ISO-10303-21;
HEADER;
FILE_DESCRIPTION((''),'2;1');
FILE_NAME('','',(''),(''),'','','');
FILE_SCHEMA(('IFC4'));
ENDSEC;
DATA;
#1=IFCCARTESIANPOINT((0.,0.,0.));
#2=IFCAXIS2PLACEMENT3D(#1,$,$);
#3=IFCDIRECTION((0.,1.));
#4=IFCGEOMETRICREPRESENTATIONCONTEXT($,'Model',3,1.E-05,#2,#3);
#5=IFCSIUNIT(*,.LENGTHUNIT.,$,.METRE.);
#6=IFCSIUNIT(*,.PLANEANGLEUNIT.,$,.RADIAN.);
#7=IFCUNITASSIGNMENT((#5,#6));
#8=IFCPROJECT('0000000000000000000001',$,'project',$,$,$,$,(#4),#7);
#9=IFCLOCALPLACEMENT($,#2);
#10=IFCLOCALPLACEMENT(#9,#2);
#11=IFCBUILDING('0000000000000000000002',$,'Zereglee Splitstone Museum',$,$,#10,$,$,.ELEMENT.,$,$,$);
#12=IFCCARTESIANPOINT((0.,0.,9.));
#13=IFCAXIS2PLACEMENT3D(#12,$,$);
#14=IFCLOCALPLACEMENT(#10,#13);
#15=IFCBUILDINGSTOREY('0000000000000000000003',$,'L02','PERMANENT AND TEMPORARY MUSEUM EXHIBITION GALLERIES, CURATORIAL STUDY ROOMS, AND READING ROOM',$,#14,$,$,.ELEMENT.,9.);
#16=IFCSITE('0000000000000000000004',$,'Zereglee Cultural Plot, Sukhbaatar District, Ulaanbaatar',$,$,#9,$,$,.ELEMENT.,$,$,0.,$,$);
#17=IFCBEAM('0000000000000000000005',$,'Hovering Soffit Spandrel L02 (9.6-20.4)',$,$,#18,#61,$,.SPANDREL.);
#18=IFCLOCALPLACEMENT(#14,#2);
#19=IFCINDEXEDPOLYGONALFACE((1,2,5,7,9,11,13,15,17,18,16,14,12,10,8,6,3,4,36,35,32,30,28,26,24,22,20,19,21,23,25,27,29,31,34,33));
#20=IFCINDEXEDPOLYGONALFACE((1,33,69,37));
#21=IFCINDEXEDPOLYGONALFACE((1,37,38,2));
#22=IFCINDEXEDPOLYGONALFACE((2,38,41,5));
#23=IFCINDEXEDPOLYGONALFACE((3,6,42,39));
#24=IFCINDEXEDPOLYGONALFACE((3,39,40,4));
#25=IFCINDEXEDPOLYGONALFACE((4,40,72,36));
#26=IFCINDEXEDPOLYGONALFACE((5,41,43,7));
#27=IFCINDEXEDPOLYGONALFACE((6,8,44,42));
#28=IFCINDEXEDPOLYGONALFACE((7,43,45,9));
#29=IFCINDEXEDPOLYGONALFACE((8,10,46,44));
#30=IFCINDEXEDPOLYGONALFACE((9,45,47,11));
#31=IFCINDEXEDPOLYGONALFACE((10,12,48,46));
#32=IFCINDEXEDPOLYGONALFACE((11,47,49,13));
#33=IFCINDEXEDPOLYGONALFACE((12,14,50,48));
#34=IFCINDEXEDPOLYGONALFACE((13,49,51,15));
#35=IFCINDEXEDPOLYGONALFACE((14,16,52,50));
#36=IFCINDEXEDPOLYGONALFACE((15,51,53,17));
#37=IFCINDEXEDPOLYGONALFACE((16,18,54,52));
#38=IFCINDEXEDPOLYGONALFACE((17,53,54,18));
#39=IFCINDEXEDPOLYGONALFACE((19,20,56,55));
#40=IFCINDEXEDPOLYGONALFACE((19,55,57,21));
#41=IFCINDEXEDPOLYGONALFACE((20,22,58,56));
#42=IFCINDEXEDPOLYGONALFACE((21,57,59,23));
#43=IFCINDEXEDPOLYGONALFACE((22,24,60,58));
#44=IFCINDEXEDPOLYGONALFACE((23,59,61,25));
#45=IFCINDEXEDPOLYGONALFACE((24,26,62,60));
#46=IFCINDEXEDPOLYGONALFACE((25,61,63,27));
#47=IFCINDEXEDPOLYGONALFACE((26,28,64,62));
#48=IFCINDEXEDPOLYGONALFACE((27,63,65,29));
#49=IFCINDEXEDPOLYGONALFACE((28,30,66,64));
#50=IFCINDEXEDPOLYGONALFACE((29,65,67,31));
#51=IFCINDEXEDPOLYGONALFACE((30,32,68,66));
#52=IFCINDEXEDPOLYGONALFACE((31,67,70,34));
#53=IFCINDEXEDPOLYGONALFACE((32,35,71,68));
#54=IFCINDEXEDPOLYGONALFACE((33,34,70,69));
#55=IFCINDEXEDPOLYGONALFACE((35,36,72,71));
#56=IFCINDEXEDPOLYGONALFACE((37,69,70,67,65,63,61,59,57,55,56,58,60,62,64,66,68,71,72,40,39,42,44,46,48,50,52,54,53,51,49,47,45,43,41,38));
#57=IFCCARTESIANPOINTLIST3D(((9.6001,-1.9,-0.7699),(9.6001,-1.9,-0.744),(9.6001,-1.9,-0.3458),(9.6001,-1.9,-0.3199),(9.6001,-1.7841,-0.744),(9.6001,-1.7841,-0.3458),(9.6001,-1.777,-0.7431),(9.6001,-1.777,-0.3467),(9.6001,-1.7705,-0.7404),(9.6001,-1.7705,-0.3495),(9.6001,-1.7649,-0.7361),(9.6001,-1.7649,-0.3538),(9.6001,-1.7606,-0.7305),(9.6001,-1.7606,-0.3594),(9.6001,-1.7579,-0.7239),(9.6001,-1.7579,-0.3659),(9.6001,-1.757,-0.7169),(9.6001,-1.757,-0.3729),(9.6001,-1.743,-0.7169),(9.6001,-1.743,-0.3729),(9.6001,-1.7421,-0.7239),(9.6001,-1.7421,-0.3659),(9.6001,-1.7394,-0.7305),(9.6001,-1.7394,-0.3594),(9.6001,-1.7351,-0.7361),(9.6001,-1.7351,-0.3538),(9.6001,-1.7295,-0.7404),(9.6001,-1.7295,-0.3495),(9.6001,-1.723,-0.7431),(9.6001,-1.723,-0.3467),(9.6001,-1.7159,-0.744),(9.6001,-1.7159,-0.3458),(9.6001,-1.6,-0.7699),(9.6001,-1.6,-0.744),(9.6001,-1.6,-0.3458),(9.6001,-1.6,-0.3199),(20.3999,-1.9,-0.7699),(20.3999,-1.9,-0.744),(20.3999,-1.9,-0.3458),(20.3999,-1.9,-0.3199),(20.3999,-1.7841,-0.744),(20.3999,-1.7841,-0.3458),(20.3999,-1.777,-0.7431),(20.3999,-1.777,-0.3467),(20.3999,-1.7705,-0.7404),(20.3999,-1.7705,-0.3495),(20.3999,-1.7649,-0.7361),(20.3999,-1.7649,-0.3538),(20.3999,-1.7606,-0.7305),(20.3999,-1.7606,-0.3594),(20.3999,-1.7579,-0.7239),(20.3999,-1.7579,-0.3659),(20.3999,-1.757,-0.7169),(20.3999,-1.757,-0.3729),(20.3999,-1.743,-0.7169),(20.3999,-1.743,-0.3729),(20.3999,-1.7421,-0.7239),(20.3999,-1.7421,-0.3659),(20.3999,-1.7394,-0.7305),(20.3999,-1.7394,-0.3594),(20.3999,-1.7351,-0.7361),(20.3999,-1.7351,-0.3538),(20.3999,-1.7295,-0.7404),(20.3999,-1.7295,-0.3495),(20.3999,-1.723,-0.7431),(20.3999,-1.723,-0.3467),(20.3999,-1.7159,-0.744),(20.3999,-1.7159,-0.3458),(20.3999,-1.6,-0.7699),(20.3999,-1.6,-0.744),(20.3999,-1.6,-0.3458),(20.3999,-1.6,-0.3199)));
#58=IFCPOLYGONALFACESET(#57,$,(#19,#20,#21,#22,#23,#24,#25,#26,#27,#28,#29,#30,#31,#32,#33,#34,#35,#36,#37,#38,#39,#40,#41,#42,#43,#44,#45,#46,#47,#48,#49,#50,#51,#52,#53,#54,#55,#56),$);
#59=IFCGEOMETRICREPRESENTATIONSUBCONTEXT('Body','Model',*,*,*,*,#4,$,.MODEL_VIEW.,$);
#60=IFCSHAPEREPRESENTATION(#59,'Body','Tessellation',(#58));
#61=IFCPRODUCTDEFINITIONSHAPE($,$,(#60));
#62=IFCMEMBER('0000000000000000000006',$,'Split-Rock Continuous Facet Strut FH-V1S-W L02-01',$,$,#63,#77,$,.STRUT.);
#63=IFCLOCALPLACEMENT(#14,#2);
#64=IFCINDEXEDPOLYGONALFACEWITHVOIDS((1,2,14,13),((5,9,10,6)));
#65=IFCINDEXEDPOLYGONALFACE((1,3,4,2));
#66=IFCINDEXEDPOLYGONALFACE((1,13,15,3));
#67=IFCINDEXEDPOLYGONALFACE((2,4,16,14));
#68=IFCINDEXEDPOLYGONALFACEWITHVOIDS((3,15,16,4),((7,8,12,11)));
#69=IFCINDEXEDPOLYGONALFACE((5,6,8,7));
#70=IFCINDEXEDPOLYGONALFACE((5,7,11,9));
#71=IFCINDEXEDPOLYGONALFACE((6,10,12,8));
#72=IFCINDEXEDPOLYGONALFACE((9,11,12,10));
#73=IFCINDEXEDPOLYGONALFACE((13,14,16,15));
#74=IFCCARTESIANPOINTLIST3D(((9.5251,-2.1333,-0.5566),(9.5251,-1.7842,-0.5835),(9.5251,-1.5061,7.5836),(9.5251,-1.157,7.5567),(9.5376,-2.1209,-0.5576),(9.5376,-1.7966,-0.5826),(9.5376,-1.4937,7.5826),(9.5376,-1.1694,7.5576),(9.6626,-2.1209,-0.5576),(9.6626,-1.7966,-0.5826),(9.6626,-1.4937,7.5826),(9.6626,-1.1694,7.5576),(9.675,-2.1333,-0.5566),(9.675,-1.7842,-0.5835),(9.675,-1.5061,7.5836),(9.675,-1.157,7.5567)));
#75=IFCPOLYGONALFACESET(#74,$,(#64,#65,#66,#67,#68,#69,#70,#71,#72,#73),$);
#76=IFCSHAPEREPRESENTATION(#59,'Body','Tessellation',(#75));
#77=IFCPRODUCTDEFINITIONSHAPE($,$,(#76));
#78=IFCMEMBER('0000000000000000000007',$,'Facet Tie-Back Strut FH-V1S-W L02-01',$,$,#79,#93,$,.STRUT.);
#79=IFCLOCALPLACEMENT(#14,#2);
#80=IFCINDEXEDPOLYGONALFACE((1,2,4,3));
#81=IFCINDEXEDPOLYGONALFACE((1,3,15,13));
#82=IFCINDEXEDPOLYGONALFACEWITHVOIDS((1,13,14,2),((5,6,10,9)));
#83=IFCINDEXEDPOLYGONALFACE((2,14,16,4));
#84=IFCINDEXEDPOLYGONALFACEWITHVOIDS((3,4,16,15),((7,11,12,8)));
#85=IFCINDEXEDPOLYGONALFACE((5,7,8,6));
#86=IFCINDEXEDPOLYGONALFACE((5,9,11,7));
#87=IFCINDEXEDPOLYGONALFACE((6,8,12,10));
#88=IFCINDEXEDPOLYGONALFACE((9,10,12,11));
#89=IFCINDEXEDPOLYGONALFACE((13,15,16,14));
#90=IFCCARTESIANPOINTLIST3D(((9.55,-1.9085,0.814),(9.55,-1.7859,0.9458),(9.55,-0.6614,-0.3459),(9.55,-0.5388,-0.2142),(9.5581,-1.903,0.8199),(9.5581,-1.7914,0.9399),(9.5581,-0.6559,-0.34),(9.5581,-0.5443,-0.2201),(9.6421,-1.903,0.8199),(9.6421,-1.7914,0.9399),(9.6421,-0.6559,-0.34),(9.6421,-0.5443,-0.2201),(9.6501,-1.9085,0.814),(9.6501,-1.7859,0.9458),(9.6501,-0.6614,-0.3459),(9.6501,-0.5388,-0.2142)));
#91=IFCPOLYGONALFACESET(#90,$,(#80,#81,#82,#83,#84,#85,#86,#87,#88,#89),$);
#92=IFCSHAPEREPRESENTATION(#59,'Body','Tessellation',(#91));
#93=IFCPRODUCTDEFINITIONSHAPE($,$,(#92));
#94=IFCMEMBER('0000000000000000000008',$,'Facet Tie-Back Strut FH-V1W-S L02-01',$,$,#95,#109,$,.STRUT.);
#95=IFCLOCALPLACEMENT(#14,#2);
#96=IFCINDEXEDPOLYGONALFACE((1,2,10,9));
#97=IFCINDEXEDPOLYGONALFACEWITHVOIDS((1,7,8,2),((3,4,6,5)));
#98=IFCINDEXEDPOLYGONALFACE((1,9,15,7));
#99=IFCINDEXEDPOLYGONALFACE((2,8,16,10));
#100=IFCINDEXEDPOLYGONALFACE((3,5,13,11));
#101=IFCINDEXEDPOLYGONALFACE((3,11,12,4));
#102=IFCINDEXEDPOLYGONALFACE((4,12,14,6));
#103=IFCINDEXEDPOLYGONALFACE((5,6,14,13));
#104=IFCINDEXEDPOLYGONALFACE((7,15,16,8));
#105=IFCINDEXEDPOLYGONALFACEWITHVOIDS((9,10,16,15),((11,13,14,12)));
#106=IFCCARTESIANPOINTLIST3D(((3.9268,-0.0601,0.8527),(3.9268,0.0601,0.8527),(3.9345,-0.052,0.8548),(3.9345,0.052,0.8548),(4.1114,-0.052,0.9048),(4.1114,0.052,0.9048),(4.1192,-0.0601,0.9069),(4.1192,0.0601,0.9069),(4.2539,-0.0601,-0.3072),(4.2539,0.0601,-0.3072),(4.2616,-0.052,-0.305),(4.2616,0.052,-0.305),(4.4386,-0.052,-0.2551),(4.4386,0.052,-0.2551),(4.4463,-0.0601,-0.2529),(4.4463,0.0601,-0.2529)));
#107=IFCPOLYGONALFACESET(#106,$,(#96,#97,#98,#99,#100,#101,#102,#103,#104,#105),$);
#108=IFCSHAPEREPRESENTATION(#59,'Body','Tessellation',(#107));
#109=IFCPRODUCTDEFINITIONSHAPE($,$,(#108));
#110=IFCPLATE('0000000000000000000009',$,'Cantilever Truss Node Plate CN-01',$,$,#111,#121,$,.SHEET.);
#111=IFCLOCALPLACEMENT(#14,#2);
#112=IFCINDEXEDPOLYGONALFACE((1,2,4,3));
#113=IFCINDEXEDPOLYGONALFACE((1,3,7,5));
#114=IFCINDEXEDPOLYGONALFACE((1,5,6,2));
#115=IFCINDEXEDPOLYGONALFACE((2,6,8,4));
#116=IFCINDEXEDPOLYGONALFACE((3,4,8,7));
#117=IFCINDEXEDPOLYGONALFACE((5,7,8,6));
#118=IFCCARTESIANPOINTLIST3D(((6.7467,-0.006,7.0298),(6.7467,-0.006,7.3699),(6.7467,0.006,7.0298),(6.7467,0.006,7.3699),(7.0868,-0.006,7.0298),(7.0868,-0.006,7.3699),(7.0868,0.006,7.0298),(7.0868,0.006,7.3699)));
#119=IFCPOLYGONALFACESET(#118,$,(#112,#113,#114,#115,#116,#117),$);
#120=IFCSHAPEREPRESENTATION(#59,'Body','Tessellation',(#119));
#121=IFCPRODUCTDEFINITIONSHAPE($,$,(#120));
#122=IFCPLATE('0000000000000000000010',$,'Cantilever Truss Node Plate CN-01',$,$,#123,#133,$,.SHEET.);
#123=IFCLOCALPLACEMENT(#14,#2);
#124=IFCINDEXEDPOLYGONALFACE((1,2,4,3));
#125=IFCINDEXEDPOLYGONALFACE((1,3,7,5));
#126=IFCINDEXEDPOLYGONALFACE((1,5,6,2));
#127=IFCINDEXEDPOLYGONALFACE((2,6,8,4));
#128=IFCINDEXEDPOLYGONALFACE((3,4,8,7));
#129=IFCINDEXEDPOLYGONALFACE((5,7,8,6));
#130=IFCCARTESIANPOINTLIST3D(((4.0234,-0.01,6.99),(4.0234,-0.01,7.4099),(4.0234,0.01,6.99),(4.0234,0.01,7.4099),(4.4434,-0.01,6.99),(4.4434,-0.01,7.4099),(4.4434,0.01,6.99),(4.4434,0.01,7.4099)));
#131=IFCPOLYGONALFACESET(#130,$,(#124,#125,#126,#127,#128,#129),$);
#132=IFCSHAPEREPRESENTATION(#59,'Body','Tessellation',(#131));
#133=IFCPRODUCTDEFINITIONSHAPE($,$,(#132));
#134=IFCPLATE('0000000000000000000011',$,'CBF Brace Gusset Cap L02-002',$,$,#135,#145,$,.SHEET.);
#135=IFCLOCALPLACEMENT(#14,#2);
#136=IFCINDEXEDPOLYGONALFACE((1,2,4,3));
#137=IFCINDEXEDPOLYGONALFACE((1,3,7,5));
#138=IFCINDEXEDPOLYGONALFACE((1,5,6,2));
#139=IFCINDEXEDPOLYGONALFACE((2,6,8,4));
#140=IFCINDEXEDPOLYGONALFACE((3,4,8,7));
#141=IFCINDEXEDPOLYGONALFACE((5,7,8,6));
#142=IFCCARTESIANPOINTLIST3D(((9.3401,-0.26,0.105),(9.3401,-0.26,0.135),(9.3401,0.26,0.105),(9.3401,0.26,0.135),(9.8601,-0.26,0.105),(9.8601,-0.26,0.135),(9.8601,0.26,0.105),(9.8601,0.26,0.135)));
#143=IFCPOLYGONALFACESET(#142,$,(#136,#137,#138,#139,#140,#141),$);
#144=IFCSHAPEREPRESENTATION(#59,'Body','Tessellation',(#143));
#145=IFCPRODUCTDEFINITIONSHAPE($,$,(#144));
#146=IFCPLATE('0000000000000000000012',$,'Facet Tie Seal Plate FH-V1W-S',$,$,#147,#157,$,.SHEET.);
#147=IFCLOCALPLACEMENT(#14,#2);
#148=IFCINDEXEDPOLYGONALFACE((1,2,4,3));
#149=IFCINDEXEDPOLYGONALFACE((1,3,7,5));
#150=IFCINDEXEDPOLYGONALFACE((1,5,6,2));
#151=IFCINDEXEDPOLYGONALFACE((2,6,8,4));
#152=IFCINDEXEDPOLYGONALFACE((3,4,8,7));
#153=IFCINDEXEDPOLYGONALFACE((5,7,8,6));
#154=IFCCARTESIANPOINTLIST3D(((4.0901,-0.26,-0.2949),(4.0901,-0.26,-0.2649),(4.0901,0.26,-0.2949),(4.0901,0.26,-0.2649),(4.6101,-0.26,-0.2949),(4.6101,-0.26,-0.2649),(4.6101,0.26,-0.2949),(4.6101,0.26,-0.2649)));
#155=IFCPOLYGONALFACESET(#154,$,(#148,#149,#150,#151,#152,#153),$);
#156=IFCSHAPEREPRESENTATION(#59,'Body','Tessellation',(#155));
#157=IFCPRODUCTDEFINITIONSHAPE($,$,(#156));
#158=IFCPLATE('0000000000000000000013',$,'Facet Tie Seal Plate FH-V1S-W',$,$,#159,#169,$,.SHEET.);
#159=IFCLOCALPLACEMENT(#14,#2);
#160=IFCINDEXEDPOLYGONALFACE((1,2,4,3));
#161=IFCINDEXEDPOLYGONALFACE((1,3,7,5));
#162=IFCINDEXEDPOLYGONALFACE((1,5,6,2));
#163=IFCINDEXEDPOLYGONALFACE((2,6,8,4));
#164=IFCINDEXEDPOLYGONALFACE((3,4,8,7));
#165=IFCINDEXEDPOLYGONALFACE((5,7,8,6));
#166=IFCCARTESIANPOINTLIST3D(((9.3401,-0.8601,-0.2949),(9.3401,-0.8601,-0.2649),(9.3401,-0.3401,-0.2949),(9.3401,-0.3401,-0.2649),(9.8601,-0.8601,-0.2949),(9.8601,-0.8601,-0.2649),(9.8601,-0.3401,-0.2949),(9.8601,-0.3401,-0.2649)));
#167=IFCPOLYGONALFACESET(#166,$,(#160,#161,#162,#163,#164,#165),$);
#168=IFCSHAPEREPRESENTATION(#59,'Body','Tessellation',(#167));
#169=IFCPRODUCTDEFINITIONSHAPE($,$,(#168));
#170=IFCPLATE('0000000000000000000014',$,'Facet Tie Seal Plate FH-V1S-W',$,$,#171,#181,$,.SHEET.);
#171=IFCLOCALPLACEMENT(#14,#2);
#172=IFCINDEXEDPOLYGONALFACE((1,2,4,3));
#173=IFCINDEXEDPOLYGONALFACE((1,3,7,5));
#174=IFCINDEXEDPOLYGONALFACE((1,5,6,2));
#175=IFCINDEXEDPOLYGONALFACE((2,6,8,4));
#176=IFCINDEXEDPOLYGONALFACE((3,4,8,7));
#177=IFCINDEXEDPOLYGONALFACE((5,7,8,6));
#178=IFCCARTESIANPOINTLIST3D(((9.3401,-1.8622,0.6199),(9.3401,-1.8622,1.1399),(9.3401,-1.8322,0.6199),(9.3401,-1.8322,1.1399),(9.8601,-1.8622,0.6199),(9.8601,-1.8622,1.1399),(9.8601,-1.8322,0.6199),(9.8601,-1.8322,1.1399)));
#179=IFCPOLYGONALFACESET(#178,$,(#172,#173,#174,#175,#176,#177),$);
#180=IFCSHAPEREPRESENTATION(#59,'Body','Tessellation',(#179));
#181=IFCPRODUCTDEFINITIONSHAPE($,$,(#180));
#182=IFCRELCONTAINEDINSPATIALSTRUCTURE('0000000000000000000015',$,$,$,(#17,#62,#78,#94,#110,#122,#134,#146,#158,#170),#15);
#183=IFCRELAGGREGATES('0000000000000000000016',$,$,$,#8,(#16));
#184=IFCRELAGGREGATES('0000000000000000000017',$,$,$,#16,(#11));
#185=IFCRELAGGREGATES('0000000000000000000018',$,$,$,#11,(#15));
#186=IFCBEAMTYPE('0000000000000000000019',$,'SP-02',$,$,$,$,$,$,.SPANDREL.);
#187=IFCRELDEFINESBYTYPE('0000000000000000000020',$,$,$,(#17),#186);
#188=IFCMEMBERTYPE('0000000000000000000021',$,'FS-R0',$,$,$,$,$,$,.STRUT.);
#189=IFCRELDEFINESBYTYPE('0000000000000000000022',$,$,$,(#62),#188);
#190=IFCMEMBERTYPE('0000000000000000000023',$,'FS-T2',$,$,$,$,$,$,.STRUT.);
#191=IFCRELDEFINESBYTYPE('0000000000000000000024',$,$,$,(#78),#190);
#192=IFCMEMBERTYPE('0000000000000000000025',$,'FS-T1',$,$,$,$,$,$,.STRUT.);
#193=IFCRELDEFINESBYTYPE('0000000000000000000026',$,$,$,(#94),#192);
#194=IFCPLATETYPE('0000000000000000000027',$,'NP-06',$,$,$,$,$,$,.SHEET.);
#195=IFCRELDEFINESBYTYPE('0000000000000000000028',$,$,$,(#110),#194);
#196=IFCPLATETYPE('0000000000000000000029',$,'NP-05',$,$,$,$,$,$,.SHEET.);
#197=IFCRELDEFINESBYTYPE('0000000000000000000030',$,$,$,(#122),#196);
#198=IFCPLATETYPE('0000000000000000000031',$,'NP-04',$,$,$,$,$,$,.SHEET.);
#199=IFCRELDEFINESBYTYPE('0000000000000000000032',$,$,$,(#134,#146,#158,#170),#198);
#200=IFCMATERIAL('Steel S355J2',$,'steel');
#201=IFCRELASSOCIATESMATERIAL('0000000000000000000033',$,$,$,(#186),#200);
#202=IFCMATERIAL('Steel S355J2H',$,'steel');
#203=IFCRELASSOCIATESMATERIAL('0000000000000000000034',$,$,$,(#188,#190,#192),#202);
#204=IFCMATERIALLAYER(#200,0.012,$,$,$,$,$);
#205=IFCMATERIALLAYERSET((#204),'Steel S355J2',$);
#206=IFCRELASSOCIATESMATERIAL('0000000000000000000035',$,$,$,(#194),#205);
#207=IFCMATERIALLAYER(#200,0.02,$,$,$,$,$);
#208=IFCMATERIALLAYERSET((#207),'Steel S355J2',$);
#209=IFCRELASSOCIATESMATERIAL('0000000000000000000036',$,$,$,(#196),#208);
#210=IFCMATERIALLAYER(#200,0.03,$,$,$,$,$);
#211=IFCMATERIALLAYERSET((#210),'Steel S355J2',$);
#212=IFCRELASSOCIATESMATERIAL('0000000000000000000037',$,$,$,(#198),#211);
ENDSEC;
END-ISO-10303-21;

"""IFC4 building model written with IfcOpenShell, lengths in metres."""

from ifc_helpers import new_model, si_unit, direction, frame, origin, origin_2d, place, context, subcontext, project, spatial, rectangle, hollow_rectangle, i_section, extrude, material, layer, layer_set, material_profile, profile_set, type_object, element, save


model = new_model("IFC4")

# Units and contexts
model_context = context("Model", 3, precision=1e-05, world=origin(), true_north=direction((0.0, 1.0)))
body_context = subcontext(model_context, "Body", "Model", "MODEL_VIEW")
ifc_project = project(units=[si_unit("LENGTHUNIT", "METRE"), si_unit("PLANEANGLEUNIT", "RADIAN")], contexts=[model_context])

# Site, building, storey
site_placement = place(None, origin())
site = spatial("IfcSite", under=ifc_project, at=site_placement, Name="Zereglee Cultural Plot, Sukhbaatar District, Ulaanbaatar", CompositionType="ELEMENT", RefElevation=0.0)
building_placement = place(site_placement, origin())
building = spatial("IfcBuilding", under=site, at=building_placement, Name="Zereglee Splitstone Museum", CompositionType="ELEMENT")
storey_placement = place(building_placement, frame((0.0, 0.0, 9.0)))
storey = spatial("IfcBuildingStorey", under=building, at=storey_placement, Name="L02", Description="PERMANENT AND TEMPORARY MUSEUM EXHIBITION GALLERIES, CURATORIAL STUDY ROOMS, AND READING ROOM", CompositionType="ELEMENT", Elevation=9.0)

# Shared definitions
ifc_material_1 = material(Name="Steel S355J2H", Category="steel")

# Shared definitions
ifc_material_2 = material(Name="Steel S355J2", Category="steel")

# Beam
ifc_material_profile_1 = material_profile(ifc_material_2, i_section(OverallWidth=0.3, OverallDepth=0.45, WebThickness=0.0139, FlangeThickness=0.0259, FilletRadius=0.0271, at=origin_2d()), Name="HE 450 B")
ifc_profile_set_1 = profile_set([ifc_material_profile_1], Name="Steel S355J2")
beam_type_1 = type_object("IfcBeamType", Name="SP-02", PredefinedType="SPANDREL", material=ifc_profile_set_1)
beam_1_placement = place(storey_placement, frame((9.6001, -1.75, -0.5449), z_axis=(1.0, 0.0, 0.0), x_axis=(0.0, 1.0, 0.0)))
element("IfcBeam", 1, at=beam_1_placement, inside=storey, type_object=beam_type_1, Name="Hovering Soffit Spandrel L02 (9.6-20.4)", PredefinedType="SPANDREL", context=body_context, shape_type="SweptSolid", body=[
    extrude(i_section(OverallWidth=0.3, OverallDepth=0.45, WebThickness=0.0139, FlangeThickness=0.0259, FilletRadius=0.0271, at=origin_2d()), origin(), (0.0, 0.0, 1.0), 10.7998),
])

# Members
ifc_material_profile_2 = material_profile(ifc_material_1, hollow_rectangle(XDim=0.1499, YDim=0.3501, WallThickness=0.0125, at=origin_2d()), Name="RHS 350x150x12.5")
ifc_profile_set_2 = profile_set([ifc_material_profile_2], Name="Steel S355J2H")
member_type_1 = type_object("IfcMemberType", Name="FS-R0", PredefinedType="STRUT", material=ifc_profile_set_2)
member_1_placement = place(storey_placement, frame((9.6001, -1.9587, -0.5701), z_axis=(0.0, 0.076822, 0.997045), x_axis=(-1.0, 0.0, 0.0)))
element("IfcMember", 2, at=member_1_placement, inside=storey, type_object=member_type_1, Name="Split-Rock Continuous Facet Strut FH-V1S-W L02-01", PredefinedType="STRUT", context=body_context, shape_type="SweptSolid", body=[
    extrude(hollow_rectangle(XDim=0.1499, YDim=0.3501, WallThickness=0.0125, at=origin_2d()), origin(), (0.0, 0.0, 1.0), 8.1643),
])
ifc_material_profile_3 = material_profile(ifc_material_1, hollow_rectangle(XDim=0.1001, YDim=0.1799, WallThickness=0.0081, at=origin_2d()), Name="RHS 180x100x8")
ifc_profile_set_3 = profile_set([ifc_material_profile_3], Name="Steel S355J2H")
member_type_2 = type_object("IfcMemberType", Name="FS-T2", PredefinedType="STRUT", material=ifc_profile_set_3)
member_2_placement = place(storey_placement, frame((9.6001, -0.6001, -0.28), z_axis=(0.0, -0.732232, 0.681056), x_axis=(1.0, 0.0, 0.0)))
element("IfcMember", 3, at=member_2_placement, inside=storey, type_object=member_type_2, Name="Facet Tie-Back Strut FH-V1S-W L02-01", PredefinedType="STRUT", context=body_context, shape_type="SweptSolid", body=[
    extrude(hollow_rectangle(XDim=0.1001, YDim=0.1799, WallThickness=0.0081, at=origin_2d()), origin(), (0.0, 0.0, 1.0), 1.7031),
])
ifc_material_profile_4 = material_profile(ifc_material_1, hollow_rectangle(XDim=0.1201, YDim=0.2, WallThickness=0.0081, at=origin_2d()), Name="RHS 200x120x8")
ifc_profile_set_4 = profile_set([ifc_material_profile_4], Name="Steel S355J2H")
member_type_3 = type_object("IfcMemberType", Name="FS-T1", PredefinedType="STRUT", material=ifc_profile_set_4)
member_3_placement = place(storey_placement, frame((4.3501, 0.0, -0.28), z_axis=(-0.271455, 0.0, 0.962451), x_axis=(0.0, -1.0, 0.0)))
element("IfcMember", 4, at=member_3_placement, inside=storey, type_object=member_type_3, Name="Facet Tie-Back Strut FH-V1W-S L02-01", PredefinedType="STRUT", context=body_context, shape_type="SweptSolid", body=[
    extrude(hollow_rectangle(XDim=0.1201, YDim=0.2, WallThickness=0.0081, at=origin_2d()), origin(), (0.0, 0.0, 1.0), 1.2051),
])

# Plates
ifc_layer_1 = layer(ifc_material_2, 0.012)
ifc_layer_set_1 = layer_set([ifc_layer_1], Name="Steel S355J2")
plate_type_1 = type_object("IfcPlateType", Name="NP-06", PredefinedType="SHEET", material=ifc_layer_set_1)
plate_1_placement = place(storey_placement, frame((6.9167, 0.0, 7.0298), z_axis=(0.0, 0.0, 1.0), x_axis=(1.0, 0.0, 0.0)))
element("IfcPlate", 5, at=plate_1_placement, inside=storey, type_object=plate_type_1, Name="Cantilever Truss Node Plate CN-01", PredefinedType="SHEET", context=body_context, shape_type="SweptSolid", body=[
    extrude(rectangle(XDim=0.3401, YDim=0.012, at=origin_2d()), origin(), (0.0, 0.0, 1.0), 0.3401),
])
ifc_layer_2 = layer(ifc_material_2, 0.02)
ifc_layer_set_2 = layer_set([ifc_layer_2], Name="Steel S355J2")
plate_type_2 = type_object("IfcPlateType", Name="NP-05", PredefinedType="SHEET", material=ifc_layer_set_2)
plate_2_placement = place(storey_placement, frame((4.2334, 0.0, 6.99), z_axis=(0.0, 0.0, 1.0), x_axis=(1.0, 0.0, 0.0)))
element("IfcPlate", 6, at=plate_2_placement, inside=storey, type_object=plate_type_2, Name="Cantilever Truss Node Plate CN-01", PredefinedType="SHEET", context=body_context, shape_type="SweptSolid", body=[
    extrude(rectangle(XDim=0.4199, YDim=0.02, at=origin_2d()), origin(), (0.0, 0.0, 1.0), 0.4199),
])
ifc_layer_3 = layer(ifc_material_2, 0.03)
ifc_layer_set_3 = layer_set([ifc_layer_3], Name="Steel S355J2")
plate_type_3 = type_object("IfcPlateType", Name="NP-04", PredefinedType="SHEET", material=ifc_layer_set_3)
for number, where, z_axis, x_axis, name in (
    (7, (9.6001, 0.0, 0.105), (0.0, 0.0, 1.0), (1.0, 0.0, 0.0), "CBF Brace Gusset Cap L02-002"),
    (8, (4.3501, 0.0, -0.2949), (0.0, 0.0, 1.0), (1.0, 0.0, 0.0), "Facet Tie Seal Plate FH-V1W-S"),
    (9, (9.6001, -0.6001, -0.2949), (0.0, 0.0, 1.0), (1.0, 0.0, 0.0), "Facet Tie Seal Plate FH-V1S-W"),
):
    element("IfcPlate", number, at=place(storey_placement, frame(where, z_axis=z_axis, x_axis=x_axis)), inside=storey, type_object=plate_type_3, Name=name, PredefinedType="SHEET", context=body_context, shape_type="SweptSolid", body=[
        extrude(rectangle(XDim=0.52, YDim=0.52, at=origin_2d()), origin(), (0.0, 0.0, 1.0), 0.03),
    ])
plate_3_placement = place(storey_placement, frame((9.6001, -1.8472, 0.6199), z_axis=(0.0, 0.0, 1.0), x_axis=(1.0, 0.0, 0.0)))
element("IfcPlate", 10, at=plate_3_placement, inside=storey, type_object=plate_type_3, Name="Facet Tie Seal Plate FH-V1S-W", PredefinedType="SHEET", context=body_context, shape_type="SweptSolid", body=[
    extrude(rectangle(XDim=0.52, YDim=0.03, at=origin_2d()), origin(), (0.0, 0.0, 1.0), 0.52),
])

save(model, "model.ifc")
